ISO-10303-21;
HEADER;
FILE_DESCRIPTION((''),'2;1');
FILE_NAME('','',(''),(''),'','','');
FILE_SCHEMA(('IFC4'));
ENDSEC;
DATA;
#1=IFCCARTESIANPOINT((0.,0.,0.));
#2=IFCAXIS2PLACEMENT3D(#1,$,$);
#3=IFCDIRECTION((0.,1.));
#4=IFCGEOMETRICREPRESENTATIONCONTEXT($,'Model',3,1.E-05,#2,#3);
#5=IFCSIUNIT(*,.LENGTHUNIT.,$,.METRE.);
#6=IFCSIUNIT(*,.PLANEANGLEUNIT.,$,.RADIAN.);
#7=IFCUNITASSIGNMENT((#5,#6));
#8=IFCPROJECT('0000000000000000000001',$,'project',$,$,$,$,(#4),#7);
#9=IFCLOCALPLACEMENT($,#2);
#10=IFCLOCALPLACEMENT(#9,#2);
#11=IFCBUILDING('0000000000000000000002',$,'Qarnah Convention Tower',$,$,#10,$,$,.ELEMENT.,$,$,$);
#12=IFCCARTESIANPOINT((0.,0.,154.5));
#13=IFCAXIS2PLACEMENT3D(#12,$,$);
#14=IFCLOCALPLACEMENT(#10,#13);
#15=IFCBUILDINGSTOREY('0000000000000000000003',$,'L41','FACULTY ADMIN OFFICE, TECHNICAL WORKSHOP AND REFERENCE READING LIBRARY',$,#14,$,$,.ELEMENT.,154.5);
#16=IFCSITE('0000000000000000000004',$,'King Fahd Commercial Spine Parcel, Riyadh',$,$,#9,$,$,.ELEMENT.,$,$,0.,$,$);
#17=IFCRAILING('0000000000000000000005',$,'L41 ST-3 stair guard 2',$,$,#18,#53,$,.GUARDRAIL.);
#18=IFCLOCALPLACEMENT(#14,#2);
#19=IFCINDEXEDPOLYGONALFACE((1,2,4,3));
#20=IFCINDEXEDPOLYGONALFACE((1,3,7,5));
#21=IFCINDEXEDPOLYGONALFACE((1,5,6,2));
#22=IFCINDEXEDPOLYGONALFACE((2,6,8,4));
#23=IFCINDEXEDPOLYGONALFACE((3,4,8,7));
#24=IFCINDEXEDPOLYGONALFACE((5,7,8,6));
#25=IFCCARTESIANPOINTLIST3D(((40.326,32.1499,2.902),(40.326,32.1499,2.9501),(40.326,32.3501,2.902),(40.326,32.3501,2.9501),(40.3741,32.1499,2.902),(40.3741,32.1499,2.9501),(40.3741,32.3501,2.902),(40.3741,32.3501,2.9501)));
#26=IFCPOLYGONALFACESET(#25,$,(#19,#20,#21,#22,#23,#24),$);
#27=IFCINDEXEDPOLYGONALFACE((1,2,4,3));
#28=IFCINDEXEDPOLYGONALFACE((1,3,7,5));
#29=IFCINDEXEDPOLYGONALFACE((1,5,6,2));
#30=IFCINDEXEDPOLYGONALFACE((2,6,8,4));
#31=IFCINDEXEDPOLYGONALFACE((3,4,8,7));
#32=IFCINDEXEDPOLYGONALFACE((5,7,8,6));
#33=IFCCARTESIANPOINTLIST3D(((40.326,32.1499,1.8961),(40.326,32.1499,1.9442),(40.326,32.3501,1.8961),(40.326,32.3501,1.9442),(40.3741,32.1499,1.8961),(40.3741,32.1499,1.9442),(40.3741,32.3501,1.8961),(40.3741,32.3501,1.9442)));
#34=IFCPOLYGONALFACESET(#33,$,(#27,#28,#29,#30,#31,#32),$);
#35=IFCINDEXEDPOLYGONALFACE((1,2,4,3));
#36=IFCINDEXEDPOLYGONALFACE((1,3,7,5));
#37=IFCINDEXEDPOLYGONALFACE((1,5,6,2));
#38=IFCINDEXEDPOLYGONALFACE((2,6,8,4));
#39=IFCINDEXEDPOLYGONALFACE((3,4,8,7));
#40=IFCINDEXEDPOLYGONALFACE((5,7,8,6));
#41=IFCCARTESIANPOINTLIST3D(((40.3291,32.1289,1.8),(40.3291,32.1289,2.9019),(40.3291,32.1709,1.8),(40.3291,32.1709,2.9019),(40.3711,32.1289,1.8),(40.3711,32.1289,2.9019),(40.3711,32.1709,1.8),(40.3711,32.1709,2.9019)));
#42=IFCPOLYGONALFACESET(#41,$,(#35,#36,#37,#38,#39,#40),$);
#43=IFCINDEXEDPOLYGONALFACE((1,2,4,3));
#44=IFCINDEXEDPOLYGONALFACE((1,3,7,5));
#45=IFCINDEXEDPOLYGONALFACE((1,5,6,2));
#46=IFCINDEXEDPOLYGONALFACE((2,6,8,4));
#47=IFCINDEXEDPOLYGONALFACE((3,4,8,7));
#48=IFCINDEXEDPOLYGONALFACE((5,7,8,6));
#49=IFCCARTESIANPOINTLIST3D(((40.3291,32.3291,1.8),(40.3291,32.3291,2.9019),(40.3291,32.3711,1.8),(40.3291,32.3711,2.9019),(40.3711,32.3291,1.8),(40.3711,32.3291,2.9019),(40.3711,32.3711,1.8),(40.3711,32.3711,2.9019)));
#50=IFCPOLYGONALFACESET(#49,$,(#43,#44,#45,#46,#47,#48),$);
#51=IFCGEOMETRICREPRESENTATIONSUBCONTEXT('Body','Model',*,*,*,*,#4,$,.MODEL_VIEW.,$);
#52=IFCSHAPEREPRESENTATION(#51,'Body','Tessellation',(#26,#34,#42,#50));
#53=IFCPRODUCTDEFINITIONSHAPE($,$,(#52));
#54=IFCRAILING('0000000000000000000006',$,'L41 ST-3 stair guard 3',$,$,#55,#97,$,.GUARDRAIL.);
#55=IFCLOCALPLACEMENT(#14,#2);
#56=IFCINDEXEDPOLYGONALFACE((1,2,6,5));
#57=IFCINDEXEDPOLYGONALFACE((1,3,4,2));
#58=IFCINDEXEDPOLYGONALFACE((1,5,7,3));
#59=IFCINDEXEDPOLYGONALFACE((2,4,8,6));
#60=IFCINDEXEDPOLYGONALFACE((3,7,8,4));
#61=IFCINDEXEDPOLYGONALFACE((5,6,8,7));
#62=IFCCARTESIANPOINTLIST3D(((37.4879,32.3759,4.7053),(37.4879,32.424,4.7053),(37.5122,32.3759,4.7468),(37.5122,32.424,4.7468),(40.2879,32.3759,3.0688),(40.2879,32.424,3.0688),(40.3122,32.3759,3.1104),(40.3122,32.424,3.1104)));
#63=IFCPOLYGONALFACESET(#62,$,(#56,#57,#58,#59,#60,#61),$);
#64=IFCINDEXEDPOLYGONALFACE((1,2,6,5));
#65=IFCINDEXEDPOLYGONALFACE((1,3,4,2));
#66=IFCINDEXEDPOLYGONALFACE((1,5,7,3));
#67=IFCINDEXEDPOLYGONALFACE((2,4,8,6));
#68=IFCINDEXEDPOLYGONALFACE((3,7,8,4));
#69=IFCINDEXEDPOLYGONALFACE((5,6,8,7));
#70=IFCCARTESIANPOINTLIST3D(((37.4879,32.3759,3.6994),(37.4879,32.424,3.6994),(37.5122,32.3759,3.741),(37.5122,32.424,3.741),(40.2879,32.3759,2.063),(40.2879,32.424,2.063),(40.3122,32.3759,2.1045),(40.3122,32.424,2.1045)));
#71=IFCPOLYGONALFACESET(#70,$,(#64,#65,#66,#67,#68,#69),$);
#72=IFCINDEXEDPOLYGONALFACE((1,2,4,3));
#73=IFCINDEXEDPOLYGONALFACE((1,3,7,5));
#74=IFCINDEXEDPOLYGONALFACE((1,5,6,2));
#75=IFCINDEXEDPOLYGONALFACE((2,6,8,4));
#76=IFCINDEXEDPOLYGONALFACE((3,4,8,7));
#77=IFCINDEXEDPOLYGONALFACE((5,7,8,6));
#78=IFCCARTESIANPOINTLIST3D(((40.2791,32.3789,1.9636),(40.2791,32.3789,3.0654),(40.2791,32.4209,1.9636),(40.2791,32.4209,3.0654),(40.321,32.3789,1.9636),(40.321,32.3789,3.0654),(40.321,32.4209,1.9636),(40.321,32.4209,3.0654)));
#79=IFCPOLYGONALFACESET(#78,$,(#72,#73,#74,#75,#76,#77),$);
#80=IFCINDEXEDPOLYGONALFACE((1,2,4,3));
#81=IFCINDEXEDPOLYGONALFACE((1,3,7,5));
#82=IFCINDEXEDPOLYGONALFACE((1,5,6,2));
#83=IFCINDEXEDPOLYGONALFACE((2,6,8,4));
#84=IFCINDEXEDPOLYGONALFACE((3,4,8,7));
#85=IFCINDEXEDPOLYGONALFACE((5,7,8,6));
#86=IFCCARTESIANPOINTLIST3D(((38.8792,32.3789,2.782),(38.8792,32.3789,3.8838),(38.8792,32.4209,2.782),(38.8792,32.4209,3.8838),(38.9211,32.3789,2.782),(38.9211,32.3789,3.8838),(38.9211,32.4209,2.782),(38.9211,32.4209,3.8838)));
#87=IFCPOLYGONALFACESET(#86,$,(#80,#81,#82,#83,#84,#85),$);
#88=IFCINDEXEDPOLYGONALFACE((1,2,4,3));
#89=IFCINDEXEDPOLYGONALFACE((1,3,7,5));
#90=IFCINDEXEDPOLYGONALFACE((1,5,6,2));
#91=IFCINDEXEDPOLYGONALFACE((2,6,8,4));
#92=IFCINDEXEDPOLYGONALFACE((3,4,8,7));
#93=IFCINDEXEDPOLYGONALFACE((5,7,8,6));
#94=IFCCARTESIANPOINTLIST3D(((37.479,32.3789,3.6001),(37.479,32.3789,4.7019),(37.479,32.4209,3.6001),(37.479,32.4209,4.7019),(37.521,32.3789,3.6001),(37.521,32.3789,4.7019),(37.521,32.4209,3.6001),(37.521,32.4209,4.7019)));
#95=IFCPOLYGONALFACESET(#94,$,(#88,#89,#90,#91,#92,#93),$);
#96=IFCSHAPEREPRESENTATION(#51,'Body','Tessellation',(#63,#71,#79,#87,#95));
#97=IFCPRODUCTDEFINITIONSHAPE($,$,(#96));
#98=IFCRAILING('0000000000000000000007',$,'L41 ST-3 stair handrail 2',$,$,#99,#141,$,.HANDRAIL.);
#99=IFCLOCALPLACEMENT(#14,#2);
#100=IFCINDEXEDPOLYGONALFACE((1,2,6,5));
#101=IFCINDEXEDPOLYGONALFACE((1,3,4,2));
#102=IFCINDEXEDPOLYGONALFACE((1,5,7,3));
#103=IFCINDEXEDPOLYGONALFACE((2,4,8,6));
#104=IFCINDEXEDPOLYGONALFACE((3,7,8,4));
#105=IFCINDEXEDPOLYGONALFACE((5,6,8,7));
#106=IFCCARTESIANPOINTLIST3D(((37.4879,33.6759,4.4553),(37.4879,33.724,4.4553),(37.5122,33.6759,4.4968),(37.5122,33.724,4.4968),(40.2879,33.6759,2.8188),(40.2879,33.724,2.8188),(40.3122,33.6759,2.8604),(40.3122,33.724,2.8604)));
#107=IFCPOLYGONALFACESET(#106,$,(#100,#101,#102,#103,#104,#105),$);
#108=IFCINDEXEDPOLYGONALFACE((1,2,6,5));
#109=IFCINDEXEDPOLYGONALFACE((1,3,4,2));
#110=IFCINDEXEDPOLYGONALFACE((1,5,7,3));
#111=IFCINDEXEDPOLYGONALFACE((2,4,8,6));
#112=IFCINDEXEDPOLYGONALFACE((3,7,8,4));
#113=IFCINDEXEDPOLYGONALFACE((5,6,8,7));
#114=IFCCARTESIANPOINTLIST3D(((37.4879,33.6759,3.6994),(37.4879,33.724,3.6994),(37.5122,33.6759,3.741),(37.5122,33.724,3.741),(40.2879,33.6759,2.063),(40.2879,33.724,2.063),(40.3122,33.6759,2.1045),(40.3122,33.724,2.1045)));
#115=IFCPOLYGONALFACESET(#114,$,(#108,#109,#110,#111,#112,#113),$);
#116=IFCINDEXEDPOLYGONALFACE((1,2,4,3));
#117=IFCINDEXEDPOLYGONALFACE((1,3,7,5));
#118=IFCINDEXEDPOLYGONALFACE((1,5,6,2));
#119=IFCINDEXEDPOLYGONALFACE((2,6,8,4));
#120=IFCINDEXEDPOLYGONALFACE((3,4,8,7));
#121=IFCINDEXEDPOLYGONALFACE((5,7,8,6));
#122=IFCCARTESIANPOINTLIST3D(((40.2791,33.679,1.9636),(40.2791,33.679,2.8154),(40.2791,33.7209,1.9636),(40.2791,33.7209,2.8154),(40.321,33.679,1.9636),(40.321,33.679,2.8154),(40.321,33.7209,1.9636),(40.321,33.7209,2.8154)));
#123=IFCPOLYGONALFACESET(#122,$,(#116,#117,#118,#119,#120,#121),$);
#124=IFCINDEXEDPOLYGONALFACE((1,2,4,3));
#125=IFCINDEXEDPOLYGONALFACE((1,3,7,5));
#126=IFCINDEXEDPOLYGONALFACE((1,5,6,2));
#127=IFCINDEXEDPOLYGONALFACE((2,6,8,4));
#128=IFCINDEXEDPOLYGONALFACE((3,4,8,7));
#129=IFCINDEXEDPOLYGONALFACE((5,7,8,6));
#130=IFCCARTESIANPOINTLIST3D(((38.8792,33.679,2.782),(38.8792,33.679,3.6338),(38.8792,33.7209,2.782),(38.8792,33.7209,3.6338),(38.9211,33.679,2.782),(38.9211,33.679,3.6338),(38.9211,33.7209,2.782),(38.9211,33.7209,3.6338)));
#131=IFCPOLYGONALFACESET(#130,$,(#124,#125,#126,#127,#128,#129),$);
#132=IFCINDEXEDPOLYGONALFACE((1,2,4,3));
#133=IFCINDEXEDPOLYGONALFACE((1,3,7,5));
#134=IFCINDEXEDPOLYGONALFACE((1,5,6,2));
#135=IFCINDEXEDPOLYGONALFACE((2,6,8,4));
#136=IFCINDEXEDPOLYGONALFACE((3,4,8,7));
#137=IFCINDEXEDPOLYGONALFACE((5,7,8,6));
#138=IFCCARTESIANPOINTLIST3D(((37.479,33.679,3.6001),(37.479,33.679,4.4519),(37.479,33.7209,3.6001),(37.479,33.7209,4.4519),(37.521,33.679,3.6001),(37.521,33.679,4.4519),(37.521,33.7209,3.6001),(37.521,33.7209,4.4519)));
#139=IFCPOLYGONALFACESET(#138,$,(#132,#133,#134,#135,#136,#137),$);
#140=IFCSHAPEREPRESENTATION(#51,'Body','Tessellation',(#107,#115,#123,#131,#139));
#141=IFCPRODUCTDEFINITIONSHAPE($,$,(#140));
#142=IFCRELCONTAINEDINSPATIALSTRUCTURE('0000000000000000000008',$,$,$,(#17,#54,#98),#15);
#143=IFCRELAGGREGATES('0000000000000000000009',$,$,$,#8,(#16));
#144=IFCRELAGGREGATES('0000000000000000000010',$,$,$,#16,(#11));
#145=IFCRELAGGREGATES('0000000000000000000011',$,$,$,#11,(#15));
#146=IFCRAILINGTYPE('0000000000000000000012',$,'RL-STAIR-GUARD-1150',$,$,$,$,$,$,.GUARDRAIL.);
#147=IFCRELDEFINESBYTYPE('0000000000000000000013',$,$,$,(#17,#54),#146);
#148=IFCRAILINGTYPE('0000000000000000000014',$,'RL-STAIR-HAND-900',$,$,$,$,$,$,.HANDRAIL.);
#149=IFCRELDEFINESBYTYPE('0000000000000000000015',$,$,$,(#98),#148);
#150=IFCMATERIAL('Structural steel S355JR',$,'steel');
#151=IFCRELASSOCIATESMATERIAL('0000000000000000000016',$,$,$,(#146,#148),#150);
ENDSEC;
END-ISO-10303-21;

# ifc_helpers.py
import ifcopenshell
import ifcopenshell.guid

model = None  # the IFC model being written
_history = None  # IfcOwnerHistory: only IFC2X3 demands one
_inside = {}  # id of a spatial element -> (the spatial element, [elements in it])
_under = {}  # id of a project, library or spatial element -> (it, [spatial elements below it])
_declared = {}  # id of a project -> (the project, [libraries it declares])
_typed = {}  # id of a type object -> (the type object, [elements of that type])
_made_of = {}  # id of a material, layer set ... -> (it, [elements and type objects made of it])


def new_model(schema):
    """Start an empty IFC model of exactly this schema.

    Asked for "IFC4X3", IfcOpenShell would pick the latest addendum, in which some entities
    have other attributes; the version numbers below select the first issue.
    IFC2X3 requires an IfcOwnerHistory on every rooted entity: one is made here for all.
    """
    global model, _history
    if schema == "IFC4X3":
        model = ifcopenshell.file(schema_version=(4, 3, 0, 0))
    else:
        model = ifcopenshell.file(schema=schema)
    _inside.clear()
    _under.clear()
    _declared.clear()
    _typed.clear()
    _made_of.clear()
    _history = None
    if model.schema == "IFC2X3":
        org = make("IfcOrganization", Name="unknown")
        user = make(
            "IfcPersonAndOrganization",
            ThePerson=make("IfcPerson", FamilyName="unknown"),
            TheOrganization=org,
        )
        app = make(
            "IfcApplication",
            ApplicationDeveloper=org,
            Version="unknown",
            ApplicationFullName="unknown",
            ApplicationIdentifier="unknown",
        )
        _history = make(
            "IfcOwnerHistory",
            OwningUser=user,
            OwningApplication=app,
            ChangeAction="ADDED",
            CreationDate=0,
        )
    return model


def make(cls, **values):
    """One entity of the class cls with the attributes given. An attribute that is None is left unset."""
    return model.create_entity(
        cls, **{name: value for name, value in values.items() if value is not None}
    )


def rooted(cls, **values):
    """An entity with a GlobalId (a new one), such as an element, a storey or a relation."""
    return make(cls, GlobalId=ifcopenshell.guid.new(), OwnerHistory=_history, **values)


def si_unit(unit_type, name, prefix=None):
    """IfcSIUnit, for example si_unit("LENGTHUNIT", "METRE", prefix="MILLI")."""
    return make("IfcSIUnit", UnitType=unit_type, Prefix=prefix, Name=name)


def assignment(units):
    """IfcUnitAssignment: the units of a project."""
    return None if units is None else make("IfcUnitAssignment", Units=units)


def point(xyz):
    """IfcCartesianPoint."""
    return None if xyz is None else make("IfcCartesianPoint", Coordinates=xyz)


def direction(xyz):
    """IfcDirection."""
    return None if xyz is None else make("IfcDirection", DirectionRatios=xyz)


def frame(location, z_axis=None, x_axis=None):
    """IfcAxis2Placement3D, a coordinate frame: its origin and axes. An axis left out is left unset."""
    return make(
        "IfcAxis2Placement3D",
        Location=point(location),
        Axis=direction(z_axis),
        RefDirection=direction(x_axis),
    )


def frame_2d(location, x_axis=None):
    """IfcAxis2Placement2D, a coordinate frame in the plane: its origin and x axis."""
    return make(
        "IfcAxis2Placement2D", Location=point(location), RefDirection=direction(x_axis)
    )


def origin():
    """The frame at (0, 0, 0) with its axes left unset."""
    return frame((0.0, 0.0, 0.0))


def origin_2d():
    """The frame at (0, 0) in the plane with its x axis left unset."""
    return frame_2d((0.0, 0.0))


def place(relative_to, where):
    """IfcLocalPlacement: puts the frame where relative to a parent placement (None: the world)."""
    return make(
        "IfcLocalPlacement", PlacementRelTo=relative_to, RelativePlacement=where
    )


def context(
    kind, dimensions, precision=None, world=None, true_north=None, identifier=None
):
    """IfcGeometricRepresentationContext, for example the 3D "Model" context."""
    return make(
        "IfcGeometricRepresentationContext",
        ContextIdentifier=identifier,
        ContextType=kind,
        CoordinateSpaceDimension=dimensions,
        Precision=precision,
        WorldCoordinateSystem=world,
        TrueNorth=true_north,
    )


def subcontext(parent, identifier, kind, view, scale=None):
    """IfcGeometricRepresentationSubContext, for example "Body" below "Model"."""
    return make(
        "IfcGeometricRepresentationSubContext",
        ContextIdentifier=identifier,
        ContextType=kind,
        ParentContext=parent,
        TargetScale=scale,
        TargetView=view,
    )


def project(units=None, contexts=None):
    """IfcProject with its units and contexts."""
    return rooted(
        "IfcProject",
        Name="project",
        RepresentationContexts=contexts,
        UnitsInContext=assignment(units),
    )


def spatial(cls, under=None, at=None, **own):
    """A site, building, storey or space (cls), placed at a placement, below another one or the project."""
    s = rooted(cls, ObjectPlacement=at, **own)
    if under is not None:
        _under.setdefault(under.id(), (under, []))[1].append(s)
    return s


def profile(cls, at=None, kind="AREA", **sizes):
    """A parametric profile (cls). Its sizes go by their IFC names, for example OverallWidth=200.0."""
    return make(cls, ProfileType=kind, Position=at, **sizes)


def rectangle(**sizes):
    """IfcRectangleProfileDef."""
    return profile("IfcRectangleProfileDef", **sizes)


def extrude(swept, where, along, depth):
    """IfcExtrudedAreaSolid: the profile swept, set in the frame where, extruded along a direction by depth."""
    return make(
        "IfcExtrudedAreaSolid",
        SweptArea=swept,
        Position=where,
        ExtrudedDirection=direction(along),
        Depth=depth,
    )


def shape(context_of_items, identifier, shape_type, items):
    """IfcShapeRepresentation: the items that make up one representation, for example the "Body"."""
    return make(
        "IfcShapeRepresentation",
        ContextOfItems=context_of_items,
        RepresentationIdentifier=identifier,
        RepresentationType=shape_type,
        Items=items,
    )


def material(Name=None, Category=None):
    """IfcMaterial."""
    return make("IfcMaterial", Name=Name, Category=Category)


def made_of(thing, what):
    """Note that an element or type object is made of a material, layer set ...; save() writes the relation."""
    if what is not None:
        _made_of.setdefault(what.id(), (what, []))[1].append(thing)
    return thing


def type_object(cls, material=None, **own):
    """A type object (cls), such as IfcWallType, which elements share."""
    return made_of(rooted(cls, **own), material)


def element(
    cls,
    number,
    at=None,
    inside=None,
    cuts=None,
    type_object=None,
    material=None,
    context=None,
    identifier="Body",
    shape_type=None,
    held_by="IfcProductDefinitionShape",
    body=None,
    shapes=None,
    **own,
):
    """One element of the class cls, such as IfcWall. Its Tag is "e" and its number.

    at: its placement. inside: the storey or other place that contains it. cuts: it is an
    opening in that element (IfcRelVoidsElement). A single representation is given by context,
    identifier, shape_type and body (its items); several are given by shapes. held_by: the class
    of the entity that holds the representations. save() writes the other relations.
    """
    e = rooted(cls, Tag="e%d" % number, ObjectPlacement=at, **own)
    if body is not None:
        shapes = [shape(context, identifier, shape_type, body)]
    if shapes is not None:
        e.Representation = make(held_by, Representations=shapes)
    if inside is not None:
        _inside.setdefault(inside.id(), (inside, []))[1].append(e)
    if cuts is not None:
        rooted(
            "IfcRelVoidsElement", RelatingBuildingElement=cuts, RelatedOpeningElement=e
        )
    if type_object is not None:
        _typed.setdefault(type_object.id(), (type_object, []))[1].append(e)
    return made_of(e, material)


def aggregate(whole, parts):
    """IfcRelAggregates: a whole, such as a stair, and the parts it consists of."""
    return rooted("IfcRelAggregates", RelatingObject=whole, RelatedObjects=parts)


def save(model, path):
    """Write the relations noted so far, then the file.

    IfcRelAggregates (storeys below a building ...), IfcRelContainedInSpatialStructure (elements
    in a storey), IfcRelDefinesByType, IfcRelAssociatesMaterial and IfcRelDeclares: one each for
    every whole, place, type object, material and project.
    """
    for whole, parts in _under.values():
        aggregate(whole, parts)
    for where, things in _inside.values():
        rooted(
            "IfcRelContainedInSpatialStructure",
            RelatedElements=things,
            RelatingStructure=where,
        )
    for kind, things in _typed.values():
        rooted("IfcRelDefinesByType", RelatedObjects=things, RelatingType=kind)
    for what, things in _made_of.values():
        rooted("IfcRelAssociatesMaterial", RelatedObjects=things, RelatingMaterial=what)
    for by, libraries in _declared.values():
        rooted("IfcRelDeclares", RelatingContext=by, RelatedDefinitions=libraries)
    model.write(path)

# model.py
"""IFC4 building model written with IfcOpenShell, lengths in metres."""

from ifc_helpers import new_model, si_unit, direction, frame, origin, origin_2d, place, context, subcontext, project, spatial, rectangle, extrude, material, type_object, element, save


model = new_model("IFC4")

# Units and contexts
model_context = context("Model", 3, precision=1e-05, world=origin(), true_north=direction((0.0, 1.0)))
body_context = subcontext(model_context, "Body", "Model", "MODEL_VIEW")
ifc_project = project(units=[si_unit("LENGTHUNIT", "METRE"), si_unit("PLANEANGLEUNIT", "RADIAN")], contexts=[model_context])

# Site, building, storey
site_placement = place(None, origin())
site = spatial("IfcSite", under=ifc_project, at=site_placement, Name="King Fahd Commercial Spine Parcel, Riyadh", CompositionType="ELEMENT", RefElevation=0.0)
building_placement = place(site_placement, origin())
building = spatial("IfcBuilding", under=site, at=building_placement, Name="Qarnah Convention Tower", CompositionType="ELEMENT")
storey_placement = place(building_placement, frame((0.0, 0.0, 154.5)))
storey = spatial("IfcBuildingStorey", under=building, at=storey_placement, Name="L41", Description="FACULTY ADMIN OFFICE, TECHNICAL WORKSHOP AND REFERENCE READING LIBRARY", CompositionType="ELEMENT", Elevation=154.5)

# Shared definitions
ifc_material_1 = material(Name="Structural steel S355JR", Category="steel")

# Railings
railing_type_1 = type_object("IfcRailingType", Name="RL-STAIR-GUARD-1150", PredefinedType="GUARDRAIL", material=ifc_material_1)
railing_1_placement = place(storey_placement, frame((40.3501, 32.1499, 1.8)))
element("IfcRailing", 1, at=railing_1_placement, inside=storey, type_object=railing_type_1, Name="L41 ST-3 stair guard 2", PredefinedType="GUARDRAIL", context=body_context, shape_type="SweptSolid", body=[
    extrude(rectangle(XDim=0.0481, YDim=0.0481, at=origin_2d()), frame((0.0, 0.0, 1.126), z_axis=(0.0, 1.0, 0.0), x_axis=(-1.0, 0.0, 0.0)), (0.0, 0.0, 1.0), 0.2002),
    extrude(rectangle(XDim=0.0481, YDim=0.0481, at=origin_2d()), frame((0.0, 0.0, 0.1201), z_axis=(0.0, 1.0, 0.0), x_axis=(-1.0, 0.0, 0.0)), (0.0, 0.0, 1.0), 0.2002),
    extrude(rectangle(XDim=0.042, YDim=0.042, at=origin_2d()), origin(), (0.0, 0.0, 1.0), 1.1018),
    extrude(rectangle(XDim=0.042, YDim=0.042, at=origin_2d()), frame((0.0, 0.2002, 0.0)), (0.0, 0.0, 1.0), 1.1018),
])
railing_2_placement = place(storey_placement, frame((40.3, 32.3999, 1.9636)))
element("IfcRailing", 2, at=railing_2_placement, inside=storey, type_object=railing_type_1, Name="L41 ST-3 stair guard 3", PredefinedType="GUARDRAIL", context=body_context, shape_type="SweptSolid", body=[
    extrude(rectangle(XDim=0.0481, YDim=0.0481, at=origin_2d()), frame((0.0, 0.0, 1.126), z_axis=(-0.863361, 0.0, 0.504587), x_axis=(0.0, -1.0, 0.0)), (0.0, 0.0, 1.0), 3.2432),
    extrude(rectangle(XDim=0.0481, YDim=0.0481, at=origin_2d()), frame((0.0, 0.0, 0.1201), z_axis=(-0.863361, 0.0, 0.504587), x_axis=(0.0, -1.0, 0.0)), (0.0, 0.0, 1.0), 3.2432),
    extrude(rectangle(XDim=0.042, YDim=0.042, at=origin_2d()), origin(), (0.0, 0.0, 1.0), 1.1018),
    extrude(rectangle(XDim=0.042, YDim=0.042, at=origin_2d()), frame((-1.3999, 0.0, 0.8184)), (0.0, 0.0, 1.0), 1.1018),
    extrude(rectangle(XDim=0.042, YDim=0.042, at=origin_2d()), frame((-2.8, 0.0, 1.6365)), (0.0, 0.0, 1.0), 1.1018),
])
railing_type_2 = type_object("IfcRailingType", Name="RL-STAIR-HAND-900", PredefinedType="HANDRAIL", material=ifc_material_1)
railing_3_placement = place(storey_placement, frame((40.3, 33.7, 1.9636)))
element("IfcRailing", 3, at=railing_3_placement, inside=storey, type_object=railing_type_2, Name="L41 ST-3 stair handrail 2", PredefinedType="HANDRAIL", context=body_context, shape_type="SweptSolid", body=[
    extrude(rectangle(XDim=0.0481, YDim=0.0481, at=origin_2d()), frame((0.0, 0.0, 0.876), z_axis=(-0.863361, 0.0, 0.504587), x_axis=(0.0, -1.0, 0.0)), (0.0, 0.0, 1.0), 3.2432),
    extrude(rectangle(XDim=0.0481, YDim=0.0481, at=origin_2d()), frame((0.0, 0.0, 0.1201), z_axis=(-0.863361, 0.0, 0.504587), x_axis=(0.0, -1.0, 0.0)), (0.0, 0.0, 1.0), 3.2432),
    extrude(rectangle(XDim=0.042, YDim=0.042, at=origin_2d()), origin(), (0.0, 0.0, 1.0), 0.8518),
    extrude(rectangle(XDim=0.042, YDim=0.042, at=origin_2d()), frame((-1.3999, 0.0, 0.8184)), (0.0, 0.0, 1.0), 0.8518),
    extrude(rectangle(XDim=0.042, YDim=0.042, at=origin_2d()), frame((-2.8, 0.0, 1.6365)), (0.0, 0.0, 1.0), 0.8518),
])

save(model, "model.ifc")
